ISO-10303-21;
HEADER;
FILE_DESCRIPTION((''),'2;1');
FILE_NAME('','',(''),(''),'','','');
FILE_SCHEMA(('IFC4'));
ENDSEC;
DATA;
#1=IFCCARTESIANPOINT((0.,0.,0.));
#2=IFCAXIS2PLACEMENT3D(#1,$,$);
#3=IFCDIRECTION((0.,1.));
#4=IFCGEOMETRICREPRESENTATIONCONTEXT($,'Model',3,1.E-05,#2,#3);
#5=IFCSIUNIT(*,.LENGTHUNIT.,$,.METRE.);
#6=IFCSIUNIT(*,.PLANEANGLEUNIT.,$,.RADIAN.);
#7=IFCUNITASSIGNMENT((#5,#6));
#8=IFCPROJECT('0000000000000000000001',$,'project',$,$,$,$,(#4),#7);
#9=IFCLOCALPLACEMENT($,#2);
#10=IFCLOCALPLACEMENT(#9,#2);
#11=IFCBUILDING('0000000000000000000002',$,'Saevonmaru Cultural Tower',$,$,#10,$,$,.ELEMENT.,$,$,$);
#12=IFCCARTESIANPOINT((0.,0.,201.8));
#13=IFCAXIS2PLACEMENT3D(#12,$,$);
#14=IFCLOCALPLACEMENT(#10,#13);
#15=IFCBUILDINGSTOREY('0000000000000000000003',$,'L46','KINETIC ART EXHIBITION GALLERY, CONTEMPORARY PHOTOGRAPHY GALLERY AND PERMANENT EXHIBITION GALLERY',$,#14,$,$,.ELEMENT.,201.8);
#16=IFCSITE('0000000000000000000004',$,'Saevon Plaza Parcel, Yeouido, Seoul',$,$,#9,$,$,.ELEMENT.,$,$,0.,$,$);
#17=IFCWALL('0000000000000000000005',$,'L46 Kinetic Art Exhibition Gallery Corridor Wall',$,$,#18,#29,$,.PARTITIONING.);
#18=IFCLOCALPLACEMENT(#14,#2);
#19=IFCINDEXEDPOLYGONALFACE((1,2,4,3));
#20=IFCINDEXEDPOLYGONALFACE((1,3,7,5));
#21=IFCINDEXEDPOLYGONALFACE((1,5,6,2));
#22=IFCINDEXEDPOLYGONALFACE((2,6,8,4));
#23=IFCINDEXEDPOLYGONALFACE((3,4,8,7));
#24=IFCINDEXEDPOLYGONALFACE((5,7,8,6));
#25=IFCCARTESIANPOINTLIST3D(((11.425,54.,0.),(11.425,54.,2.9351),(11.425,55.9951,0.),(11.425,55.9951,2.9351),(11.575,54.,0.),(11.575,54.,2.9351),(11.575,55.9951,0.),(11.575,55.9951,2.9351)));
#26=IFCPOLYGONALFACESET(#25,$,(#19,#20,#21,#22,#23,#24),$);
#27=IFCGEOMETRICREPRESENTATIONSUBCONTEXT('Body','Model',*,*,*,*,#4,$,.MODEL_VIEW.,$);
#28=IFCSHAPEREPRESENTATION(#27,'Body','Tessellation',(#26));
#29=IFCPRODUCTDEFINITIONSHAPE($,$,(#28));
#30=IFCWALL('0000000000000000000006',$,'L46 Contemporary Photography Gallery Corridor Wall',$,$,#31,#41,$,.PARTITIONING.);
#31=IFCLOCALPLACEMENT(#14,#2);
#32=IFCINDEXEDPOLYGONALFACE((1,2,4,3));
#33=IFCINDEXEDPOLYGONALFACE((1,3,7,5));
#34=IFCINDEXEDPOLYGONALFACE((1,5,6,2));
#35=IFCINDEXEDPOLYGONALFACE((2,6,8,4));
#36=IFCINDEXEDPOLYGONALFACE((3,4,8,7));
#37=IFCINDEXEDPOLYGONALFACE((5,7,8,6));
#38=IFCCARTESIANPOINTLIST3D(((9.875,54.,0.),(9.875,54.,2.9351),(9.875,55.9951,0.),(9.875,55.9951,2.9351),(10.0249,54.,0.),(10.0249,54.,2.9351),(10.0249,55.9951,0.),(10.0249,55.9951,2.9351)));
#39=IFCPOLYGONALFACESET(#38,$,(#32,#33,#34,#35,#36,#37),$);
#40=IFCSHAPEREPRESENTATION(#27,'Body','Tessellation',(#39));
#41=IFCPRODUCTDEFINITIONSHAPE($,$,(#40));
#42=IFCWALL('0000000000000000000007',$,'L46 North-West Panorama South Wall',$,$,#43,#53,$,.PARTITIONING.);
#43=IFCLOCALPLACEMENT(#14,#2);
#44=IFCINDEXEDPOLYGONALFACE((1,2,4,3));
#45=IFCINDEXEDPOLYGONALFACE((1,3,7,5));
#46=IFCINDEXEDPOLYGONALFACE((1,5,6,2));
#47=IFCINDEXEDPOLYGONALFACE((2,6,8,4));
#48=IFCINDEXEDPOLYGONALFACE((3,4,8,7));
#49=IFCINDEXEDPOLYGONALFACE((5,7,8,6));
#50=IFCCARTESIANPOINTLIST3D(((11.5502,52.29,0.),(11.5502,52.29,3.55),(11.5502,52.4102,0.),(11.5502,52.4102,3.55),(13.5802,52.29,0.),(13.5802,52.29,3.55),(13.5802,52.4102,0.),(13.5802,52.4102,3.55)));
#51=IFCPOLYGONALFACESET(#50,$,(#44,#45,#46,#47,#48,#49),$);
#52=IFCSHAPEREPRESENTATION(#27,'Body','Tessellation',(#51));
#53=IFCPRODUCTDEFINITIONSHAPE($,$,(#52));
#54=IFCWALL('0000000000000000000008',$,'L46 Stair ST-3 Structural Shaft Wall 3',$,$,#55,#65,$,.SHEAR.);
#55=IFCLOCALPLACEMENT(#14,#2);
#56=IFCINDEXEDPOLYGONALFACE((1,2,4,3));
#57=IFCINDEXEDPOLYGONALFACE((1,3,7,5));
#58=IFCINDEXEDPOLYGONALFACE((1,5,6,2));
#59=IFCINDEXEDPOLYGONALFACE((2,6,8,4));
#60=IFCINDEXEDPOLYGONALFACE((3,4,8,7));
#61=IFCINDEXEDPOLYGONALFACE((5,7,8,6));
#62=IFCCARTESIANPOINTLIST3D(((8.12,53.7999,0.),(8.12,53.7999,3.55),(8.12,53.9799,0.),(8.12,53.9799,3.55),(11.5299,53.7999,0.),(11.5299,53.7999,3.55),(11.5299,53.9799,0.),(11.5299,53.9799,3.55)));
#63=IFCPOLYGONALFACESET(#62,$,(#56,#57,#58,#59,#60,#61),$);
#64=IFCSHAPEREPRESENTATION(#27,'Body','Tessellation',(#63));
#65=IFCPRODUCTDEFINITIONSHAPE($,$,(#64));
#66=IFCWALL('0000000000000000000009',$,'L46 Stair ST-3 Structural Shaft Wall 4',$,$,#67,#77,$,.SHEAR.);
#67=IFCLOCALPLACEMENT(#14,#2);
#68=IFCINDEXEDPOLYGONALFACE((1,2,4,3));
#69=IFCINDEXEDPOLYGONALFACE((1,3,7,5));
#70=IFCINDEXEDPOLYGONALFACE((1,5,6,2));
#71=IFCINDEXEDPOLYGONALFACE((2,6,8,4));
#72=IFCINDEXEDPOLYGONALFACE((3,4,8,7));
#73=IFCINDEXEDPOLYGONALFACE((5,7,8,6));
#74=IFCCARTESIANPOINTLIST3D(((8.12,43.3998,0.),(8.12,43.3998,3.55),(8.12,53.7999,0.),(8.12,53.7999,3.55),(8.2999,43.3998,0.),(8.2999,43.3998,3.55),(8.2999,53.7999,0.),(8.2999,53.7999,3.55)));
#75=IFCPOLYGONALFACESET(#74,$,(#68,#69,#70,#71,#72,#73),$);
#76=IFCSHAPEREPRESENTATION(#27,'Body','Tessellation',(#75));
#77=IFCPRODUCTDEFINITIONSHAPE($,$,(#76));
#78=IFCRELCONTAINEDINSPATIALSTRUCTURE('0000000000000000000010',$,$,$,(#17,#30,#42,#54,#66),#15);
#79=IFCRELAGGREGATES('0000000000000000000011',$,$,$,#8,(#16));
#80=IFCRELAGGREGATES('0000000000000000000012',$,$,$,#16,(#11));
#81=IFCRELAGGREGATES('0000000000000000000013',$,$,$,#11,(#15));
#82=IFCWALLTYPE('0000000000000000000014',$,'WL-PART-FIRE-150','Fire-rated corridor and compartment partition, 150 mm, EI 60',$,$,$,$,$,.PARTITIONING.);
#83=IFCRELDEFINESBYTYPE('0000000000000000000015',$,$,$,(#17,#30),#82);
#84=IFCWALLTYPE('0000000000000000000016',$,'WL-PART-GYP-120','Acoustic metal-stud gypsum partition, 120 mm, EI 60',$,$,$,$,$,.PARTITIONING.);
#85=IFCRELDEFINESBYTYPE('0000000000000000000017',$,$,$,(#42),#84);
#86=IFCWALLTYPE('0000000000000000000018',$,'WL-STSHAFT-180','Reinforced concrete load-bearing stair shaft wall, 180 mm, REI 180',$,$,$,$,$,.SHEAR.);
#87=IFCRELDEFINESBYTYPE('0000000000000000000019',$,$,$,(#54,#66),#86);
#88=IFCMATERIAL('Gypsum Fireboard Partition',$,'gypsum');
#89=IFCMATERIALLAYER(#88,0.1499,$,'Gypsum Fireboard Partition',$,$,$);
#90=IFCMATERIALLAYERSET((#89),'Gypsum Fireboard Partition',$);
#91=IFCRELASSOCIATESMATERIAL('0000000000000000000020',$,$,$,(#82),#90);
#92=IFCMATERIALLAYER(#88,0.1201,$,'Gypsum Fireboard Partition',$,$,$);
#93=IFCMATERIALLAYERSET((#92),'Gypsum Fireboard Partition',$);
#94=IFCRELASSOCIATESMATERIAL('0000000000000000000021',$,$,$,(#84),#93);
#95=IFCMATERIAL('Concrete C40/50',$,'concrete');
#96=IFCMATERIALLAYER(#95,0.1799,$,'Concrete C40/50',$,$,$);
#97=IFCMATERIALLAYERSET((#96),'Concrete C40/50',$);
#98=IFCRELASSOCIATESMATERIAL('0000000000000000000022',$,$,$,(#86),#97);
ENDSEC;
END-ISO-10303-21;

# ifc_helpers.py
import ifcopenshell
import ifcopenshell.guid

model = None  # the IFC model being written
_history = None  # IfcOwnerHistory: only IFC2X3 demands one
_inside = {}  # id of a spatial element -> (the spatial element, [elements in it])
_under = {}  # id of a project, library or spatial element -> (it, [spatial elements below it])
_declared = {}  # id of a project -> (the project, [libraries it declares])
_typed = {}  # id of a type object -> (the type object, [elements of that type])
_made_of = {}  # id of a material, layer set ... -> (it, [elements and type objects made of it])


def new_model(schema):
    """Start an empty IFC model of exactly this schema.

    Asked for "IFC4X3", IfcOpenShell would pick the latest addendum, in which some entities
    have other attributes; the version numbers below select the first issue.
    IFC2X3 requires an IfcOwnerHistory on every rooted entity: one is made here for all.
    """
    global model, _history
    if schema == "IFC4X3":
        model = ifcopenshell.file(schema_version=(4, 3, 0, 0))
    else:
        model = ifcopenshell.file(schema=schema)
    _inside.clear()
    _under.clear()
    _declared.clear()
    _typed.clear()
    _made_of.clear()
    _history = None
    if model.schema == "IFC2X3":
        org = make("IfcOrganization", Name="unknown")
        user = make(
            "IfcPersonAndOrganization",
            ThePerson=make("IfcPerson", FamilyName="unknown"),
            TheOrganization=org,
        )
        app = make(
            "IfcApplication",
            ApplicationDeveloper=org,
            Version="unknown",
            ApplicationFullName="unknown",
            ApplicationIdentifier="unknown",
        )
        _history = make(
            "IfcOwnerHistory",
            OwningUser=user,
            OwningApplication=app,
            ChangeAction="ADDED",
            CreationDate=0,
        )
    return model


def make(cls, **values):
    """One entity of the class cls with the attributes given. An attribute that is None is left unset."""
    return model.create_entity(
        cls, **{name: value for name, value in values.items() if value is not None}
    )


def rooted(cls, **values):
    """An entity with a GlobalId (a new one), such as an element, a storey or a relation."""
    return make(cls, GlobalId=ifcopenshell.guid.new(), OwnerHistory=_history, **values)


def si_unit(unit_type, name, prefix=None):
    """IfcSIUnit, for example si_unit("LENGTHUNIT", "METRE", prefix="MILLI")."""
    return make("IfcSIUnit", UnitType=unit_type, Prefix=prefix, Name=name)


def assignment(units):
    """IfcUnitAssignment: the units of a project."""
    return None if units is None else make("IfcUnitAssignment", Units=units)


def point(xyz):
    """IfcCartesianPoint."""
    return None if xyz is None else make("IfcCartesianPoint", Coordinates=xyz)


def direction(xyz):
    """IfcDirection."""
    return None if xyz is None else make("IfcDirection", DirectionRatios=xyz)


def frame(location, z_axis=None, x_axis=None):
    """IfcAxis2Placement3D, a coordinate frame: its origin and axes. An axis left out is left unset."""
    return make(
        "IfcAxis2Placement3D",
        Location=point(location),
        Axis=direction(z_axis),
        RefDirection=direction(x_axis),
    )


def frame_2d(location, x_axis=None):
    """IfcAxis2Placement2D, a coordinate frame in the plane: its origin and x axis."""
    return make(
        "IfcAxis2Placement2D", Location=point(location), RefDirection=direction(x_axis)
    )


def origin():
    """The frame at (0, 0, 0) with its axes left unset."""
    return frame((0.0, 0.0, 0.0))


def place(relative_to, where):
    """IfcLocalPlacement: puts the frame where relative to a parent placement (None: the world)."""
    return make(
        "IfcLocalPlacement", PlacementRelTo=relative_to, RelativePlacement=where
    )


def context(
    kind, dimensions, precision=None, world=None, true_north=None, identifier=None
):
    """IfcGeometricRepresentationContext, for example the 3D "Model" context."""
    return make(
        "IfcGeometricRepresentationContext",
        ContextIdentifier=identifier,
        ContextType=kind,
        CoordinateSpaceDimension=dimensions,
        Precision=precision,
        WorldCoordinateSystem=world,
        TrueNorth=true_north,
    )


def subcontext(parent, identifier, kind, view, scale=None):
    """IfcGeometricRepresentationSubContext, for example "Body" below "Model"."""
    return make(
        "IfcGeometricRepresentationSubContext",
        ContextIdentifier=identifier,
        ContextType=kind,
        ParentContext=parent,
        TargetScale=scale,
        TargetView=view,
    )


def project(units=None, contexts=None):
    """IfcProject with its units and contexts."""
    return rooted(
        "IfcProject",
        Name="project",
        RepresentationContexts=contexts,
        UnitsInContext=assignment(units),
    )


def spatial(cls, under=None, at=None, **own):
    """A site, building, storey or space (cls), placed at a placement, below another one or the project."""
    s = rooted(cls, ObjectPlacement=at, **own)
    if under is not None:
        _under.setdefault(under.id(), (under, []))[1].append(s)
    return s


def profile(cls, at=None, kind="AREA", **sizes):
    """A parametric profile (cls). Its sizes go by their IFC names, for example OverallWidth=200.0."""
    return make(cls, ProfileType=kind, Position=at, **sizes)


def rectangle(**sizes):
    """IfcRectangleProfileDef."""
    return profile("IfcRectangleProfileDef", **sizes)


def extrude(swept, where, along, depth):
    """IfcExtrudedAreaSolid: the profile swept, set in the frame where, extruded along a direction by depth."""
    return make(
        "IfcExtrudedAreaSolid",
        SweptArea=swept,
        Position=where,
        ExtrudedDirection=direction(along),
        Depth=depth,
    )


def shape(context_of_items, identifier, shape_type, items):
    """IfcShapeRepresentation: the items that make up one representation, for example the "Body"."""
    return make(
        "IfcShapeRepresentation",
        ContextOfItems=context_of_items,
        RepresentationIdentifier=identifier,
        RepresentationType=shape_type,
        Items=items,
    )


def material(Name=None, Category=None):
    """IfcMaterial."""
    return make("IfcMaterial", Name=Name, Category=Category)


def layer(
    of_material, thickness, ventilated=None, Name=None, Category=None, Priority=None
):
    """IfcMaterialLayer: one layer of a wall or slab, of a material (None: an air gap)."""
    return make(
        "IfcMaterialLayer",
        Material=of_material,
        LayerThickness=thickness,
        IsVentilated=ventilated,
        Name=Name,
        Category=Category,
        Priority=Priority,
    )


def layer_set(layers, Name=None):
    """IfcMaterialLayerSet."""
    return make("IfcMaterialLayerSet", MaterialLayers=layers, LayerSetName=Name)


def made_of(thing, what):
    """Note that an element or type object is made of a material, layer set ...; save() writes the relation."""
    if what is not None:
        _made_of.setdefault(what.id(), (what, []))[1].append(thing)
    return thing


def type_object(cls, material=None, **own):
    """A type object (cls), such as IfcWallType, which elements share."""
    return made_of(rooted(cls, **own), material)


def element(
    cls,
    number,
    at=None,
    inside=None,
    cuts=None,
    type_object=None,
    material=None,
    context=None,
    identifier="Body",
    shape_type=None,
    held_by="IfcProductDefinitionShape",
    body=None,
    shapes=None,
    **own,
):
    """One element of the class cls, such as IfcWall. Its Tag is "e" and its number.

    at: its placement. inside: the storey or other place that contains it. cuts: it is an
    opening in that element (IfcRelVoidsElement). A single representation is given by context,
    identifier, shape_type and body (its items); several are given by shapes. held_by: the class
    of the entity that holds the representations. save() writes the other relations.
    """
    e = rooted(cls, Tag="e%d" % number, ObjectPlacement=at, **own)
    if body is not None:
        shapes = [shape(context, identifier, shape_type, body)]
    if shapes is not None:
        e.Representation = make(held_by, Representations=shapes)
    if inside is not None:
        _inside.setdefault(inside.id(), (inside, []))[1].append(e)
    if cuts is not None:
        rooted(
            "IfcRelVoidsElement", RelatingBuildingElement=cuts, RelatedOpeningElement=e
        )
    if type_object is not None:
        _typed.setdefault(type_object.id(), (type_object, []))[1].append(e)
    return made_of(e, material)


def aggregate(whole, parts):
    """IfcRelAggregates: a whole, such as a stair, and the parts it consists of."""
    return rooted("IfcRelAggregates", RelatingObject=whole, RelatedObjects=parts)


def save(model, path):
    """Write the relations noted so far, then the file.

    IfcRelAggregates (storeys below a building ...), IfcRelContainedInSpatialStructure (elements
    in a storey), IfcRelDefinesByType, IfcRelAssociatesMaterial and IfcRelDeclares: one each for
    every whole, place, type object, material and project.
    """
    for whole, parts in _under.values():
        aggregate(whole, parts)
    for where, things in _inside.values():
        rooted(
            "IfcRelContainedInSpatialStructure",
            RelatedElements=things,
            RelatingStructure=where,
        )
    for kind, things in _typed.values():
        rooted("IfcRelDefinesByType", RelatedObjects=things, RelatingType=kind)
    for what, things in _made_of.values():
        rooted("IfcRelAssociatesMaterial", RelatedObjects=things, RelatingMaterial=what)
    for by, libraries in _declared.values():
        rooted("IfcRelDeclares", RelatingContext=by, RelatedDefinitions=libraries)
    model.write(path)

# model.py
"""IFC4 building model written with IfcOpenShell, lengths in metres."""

from ifc_helpers import new_model, si_unit, direction, frame, frame_2d, origin, place, context, subcontext, project, spatial, rectangle, extrude, material, layer, layer_set, type_object, element, save


model = new_model("IFC4")

# Units and contexts
model_context = context("Model", 3, precision=1e-05, world=origin(), true_north=direction((0.0, 1.0)))
body_context = subcontext(model_context, "Body", "Model", "MODEL_VIEW")
ifc_project = project(units=[si_unit("LENGTHUNIT", "METRE"), si_unit("PLANEANGLEUNIT", "RADIAN")], contexts=[model_context])

# Site, building, storey
site_placement = place(None, origin())
site = spatial("IfcSite", under=ifc_project, at=site_placement, Name="Saevon Plaza Parcel, Yeouido, Seoul", CompositionType="ELEMENT", RefElevation=0.0)
building_placement = place(site_placement, origin())
building = spatial("IfcBuilding", under=site, at=building_placement, Name="Saevonmaru Cultural Tower", CompositionType="ELEMENT")
storey_placement = place(building_placement, frame((0.0, 0.0, 201.8)))
storey = spatial("IfcBuildingStorey", under=building, at=storey_placement, Name="L46", Description="KINETIC ART EXHIBITION GALLERY, CONTEMPORARY PHOTOGRAPHY GALLERY AND PERMANENT EXHIBITION GALLERY", CompositionType="ELEMENT", Elevation=201.8)

# Walls
ifc_material_1 = material(Name="Gypsum Fireboard Partition", Category="gypsum")
ifc_layer_1 = layer(ifc_material_1, 0.1499, Name="Gypsum Fireboard Partition")
ifc_layer_set_1 = layer_set([ifc_layer_1], Name="Gypsum Fireboard Partition")
wall_type_1 = type_object("IfcWallType", Name="WL-PART-FIRE-150", Description="Fire-rated corridor and compartment partition, 150 mm, EI 60", PredefinedType="PARTITIONING", material=ifc_layer_set_1)
for number, where, z_axis, x_axis, name in (
    (1, (11.5, 54.0, 0.0), (0.0, 0.0, 1.0), (0.0, 1.0, 0.0), "L46 Kinetic Art Exhibition Gallery Corridor Wall"),
    (2, (9.95, 54.0, 0.0), (0.0, 0.0, 1.0), (0.0, 1.0, 0.0), "L46 Contemporary Photography Gallery Corridor Wall"),
):
    element("IfcWall", number, at=place(storey_placement, frame(where, z_axis=z_axis, x_axis=x_axis)), inside=storey, type_object=wall_type_1, Name=name, PredefinedType="PARTITIONING", context=body_context, shape_type="SweptSolid", body=[
        extrude(rectangle(XDim=1.9951, YDim=0.1499, at=frame_2d((0.9976, 0.0))), origin(), (0.0, 0.0, 1.0), 2.9351),
    ])
ifc_layer_2 = layer(ifc_material_1, 0.1201, Name="Gypsum Fireboard Partition")
ifc_layer_set_2 = layer_set([ifc_layer_2], Name="Gypsum Fireboard Partition")
wall_type_2 = type_object("IfcWallType", Name="WL-PART-GYP-120", Description="Acoustic metal-stud gypsum partition, 120 mm, EI 60", PredefinedType="PARTITIONING", material=ifc_layer_set_2)
wall_1_placement = place(storey_placement, frame((11.55, 52.3501, 0.0), z_axis=(0.0, 0.0, 1.0), x_axis=(1.0, 0.0, 0.0)))
element("IfcWall", 3, at=wall_1_placement, inside=storey, type_object=wall_type_2, Name="L46 North-West Panorama South Wall", PredefinedType="PARTITIONING", context=body_context, shape_type="SweptSolid", body=[
    extrude(rectangle(XDim=2.03, YDim=0.1201, at=frame_2d((1.0151, 0.0))), origin(), (0.0, 0.0, 1.0), 3.55),
])
ifc_material_2 = material(Name="Concrete C40/50", Category="concrete")
ifc_layer_3 = layer(ifc_material_2, 0.1799, Name="Concrete C40/50")
ifc_layer_set_3 = layer_set([ifc_layer_3], Name="Concrete C40/50")
wall_type_3 = type_object("IfcWallType", Name="WL-STSHAFT-180", Description="Reinforced concrete load-bearing stair shaft wall, 180 mm, REI 180", PredefinedType="SHEAR", material=ifc_layer_set_3)
wall_2_placement = place(storey_placement, frame((11.53, 53.8899, 0.0), z_axis=(0.0, 0.0, 1.0), x_axis=(-1.0, 0.0, 0.0)))
element("IfcWall", 4, at=wall_2_placement, inside=storey, type_object=wall_type_3, Name="L46 Stair ST-3 Structural Shaft Wall 3", PredefinedType="SHEAR", context=body_context, shape_type="SweptSolid", body=[
    extrude(rectangle(XDim=3.4099, YDim=0.1799, at=frame_2d((1.7051, 0.0))), origin(), (0.0, 0.0, 1.0), 3.55),
])
wall_3_placement = place(storey_placement, frame((8.21, 53.8, 0.0), z_axis=(0.0, 0.0, 1.0), x_axis=(0.0, -1.0, 0.0)))
element("IfcWall", 5, at=wall_3_placement, inside=storey, type_object=wall_type_3, Name="L46 Stair ST-3 Structural Shaft Wall 4", PredefinedType="SHEAR", context=body_context, shape_type="SweptSolid", body=[
    extrude(rectangle(XDim=10.4001, YDim=0.1799, at=frame_2d((5.2002, 0.0))), origin(), (0.0, 0.0, 1.0), 3.55),
])

save(model, "model.ifc")
